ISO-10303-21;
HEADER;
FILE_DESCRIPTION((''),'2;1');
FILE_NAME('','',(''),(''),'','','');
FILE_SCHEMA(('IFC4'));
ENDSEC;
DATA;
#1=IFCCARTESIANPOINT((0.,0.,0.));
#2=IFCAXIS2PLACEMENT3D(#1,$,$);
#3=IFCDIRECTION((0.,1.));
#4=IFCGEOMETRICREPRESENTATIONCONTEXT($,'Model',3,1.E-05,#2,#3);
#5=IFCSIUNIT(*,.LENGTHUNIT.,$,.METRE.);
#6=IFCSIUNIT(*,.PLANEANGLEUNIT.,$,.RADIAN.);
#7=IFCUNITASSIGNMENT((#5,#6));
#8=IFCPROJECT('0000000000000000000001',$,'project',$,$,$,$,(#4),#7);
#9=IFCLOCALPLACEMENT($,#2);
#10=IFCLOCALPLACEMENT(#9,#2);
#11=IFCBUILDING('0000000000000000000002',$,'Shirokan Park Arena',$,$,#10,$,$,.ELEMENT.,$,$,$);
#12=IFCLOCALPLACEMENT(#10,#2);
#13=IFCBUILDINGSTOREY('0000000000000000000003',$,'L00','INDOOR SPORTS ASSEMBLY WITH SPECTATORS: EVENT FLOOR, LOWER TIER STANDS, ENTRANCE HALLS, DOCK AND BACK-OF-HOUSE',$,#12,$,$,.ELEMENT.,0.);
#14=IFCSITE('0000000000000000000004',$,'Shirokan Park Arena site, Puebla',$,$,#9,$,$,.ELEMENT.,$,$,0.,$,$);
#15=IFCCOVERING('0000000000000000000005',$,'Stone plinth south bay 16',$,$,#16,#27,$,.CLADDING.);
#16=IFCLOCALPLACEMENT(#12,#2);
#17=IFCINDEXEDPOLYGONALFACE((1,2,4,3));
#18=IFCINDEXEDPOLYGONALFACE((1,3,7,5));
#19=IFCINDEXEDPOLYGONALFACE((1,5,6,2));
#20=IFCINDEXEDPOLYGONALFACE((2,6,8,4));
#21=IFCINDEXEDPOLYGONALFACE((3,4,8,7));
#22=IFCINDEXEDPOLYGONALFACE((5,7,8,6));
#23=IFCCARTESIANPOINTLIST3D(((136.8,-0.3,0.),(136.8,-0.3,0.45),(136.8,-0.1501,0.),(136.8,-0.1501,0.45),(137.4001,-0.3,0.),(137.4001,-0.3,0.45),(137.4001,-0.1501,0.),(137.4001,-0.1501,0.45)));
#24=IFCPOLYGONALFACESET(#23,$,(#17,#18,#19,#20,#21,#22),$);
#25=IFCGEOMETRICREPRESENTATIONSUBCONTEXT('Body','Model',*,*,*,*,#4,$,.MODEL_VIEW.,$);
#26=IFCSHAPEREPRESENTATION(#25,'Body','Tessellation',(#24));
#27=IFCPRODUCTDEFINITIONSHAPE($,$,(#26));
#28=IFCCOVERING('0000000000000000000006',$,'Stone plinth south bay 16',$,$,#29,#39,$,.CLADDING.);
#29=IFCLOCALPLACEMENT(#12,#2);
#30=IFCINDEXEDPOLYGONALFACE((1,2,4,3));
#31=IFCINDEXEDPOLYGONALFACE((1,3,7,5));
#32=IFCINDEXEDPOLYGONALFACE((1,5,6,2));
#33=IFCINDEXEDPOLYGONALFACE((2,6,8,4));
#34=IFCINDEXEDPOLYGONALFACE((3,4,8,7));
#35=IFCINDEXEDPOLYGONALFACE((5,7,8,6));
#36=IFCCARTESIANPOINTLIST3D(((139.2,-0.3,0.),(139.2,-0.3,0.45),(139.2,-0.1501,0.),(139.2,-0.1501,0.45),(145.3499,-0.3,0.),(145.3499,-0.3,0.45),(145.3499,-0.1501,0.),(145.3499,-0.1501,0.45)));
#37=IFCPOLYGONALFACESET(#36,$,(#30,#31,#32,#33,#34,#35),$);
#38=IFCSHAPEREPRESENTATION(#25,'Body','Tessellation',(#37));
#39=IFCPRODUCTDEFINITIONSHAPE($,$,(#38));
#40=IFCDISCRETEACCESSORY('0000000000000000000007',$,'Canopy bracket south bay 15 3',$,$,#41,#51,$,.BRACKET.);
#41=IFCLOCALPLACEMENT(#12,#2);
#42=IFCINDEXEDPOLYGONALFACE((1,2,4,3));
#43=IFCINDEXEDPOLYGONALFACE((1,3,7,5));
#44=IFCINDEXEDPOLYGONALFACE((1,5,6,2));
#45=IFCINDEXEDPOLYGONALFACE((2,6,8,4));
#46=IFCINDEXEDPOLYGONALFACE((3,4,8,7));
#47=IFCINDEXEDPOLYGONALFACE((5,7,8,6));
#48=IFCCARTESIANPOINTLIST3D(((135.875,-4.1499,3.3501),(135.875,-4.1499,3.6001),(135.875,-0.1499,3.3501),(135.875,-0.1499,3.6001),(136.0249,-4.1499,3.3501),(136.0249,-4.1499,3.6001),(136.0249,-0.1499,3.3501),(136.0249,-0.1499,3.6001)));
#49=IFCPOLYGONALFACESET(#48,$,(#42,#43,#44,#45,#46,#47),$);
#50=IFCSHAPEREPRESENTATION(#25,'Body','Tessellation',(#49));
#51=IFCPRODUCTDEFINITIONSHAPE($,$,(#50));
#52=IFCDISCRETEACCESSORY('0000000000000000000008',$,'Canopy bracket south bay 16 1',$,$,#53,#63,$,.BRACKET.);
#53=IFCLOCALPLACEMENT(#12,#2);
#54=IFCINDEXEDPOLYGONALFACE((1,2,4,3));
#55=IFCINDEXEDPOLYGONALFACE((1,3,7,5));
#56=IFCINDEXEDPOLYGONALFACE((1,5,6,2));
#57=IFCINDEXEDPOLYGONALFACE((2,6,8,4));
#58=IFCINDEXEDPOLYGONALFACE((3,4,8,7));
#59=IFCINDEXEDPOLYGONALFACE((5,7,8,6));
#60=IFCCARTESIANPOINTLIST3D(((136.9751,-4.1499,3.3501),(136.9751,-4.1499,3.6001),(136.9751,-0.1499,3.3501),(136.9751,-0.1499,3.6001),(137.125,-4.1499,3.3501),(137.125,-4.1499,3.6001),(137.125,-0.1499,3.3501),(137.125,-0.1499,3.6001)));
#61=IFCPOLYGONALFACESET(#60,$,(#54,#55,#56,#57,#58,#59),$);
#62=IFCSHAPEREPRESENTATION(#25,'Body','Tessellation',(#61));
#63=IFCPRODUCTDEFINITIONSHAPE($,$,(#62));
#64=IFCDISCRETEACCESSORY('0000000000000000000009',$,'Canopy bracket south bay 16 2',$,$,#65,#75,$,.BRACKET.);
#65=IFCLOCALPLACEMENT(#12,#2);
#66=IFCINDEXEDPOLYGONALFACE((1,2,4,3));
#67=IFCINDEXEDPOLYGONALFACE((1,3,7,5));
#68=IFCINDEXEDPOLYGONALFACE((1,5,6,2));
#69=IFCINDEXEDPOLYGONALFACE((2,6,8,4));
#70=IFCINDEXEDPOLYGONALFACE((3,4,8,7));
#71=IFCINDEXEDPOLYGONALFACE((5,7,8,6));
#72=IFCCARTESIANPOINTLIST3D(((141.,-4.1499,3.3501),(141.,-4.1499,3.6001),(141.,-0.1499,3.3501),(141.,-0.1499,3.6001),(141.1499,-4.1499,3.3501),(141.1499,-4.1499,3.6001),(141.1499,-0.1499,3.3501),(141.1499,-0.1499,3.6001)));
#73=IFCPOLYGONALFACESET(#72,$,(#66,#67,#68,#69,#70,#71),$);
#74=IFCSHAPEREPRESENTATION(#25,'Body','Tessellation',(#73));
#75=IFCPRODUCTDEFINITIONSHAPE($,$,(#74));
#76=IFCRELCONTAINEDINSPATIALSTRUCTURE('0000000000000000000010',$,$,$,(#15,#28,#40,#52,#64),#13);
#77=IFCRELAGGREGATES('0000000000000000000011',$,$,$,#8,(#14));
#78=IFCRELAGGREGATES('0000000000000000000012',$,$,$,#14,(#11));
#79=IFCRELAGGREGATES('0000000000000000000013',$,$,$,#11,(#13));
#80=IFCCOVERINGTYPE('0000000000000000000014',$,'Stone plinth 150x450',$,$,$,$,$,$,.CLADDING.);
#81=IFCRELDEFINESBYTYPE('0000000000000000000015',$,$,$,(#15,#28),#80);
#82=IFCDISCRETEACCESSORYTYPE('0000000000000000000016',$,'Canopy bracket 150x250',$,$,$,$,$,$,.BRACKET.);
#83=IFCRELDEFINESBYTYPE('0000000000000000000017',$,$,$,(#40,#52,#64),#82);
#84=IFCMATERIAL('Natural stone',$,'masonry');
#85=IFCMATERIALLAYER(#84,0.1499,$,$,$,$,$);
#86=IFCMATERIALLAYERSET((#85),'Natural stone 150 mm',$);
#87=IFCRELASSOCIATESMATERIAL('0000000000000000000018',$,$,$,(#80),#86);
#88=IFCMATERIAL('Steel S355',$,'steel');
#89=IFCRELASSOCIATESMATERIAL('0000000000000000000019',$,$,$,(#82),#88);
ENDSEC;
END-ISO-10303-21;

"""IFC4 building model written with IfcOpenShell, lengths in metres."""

from ifc_helpers import new_model, si_unit, direction, frame, origin, origin_2d, place, context, subcontext, project, spatial, rectangle, extrude, material, layer, layer_set, type_object, element, save


model = new_model("IFC4")

# Units and contexts
model_context = context("Model", 3, precision=1e-05, world=origin(), true_north=direction((0.0, 1.0)))
body_context = subcontext(model_context, "Body", "Model", "MODEL_VIEW")
ifc_project = project(units=[si_unit("LENGTHUNIT", "METRE"), si_unit("PLANEANGLEUNIT", "RADIAN")], contexts=[model_context])

# Site, building, storey
site_placement = place(None, origin())
site = spatial("IfcSite", under=ifc_project, at=site_placement, Name="Shirokan Park Arena site, Puebla", CompositionType="ELEMENT", RefElevation=0.0)
building_placement = place(site_placement, origin())
building = spatial("IfcBuilding", under=site, at=building_placement, Name="Shirokan Park Arena", CompositionType="ELEMENT")
storey_placement = place(building_placement, origin())
storey = spatial("IfcBuildingStorey", under=building, at=storey_placement, Name="L00", Description="INDOOR SPORTS ASSEMBLY WITH SPECTATORS: EVENT FLOOR, LOWER TIER STANDS, ENTRANCE HALLS, DOCK AND BACK-OF-HOUSE", CompositionType="ELEMENT", Elevation=0.0)

# Shared definitions
ifc_material_1 = material(Name="Steel S355", Category="steel")

# Coverings
ifc_material_2 = material(Name="Natural stone", Category="masonry")
ifc_layer_1 = layer(ifc_material_2, 0.1499)
ifc_layer_set_1 = layer_set([ifc_layer_1], Name="Natural stone 150 mm")
covering_type_1 = type_object("IfcCoveringType", Name="Stone plinth 150x450", PredefinedType="CLADDING", material=ifc_layer_set_1)
covering_1_placement = place(storey_placement, frame((137.1001, -0.2251, 0.0), z_axis=(0.0, 0.0, 1.0), x_axis=(1.0, 0.0, 0.0)))
element("IfcCovering", 1, at=covering_1_placement, inside=storey, type_object=covering_type_1, Name="Stone plinth south bay 16", PredefinedType="CLADDING", context=body_context, shape_type="SweptSolid", body=[
    extrude(rectangle(XDim=0.6001, YDim=0.1499, at=origin_2d()), origin(), (0.0, 0.0, 1.0), 0.45),
])
covering_2_placement = place(storey_placement, frame((142.2749, -0.2251, 0.0), z_axis=(0.0, 0.0, 1.0), x_axis=(1.0, 0.0, 0.0)))
element("IfcCovering", 2, at=covering_2_placement, inside=storey, type_object=covering_type_1, Name="Stone plinth south bay 16", PredefinedType="CLADDING", context=body_context, shape_type="SweptSolid", body=[
    extrude(rectangle(XDim=6.1499, YDim=0.1499, at=origin_2d()), origin(), (0.0, 0.0, 1.0), 0.45),
])

# Discrete accessories
discrete_accessory_type = type_object("IfcDiscreteAccessoryType", Name="Canopy bracket 150x250", PredefinedType="BRACKET", material=ifc_material_1)
for number, where, z_axis, x_axis, name in (
    (3, (135.95, -2.1499, 3.3501), (0.0, 0.0, 1.0), (1.0, 0.0, 0.0), "Canopy bracket south bay 15 3"),
    (4, (137.05, -2.1499, 3.3501), (0.0, 0.0, 1.0), (1.0, 0.0, 0.0), "Canopy bracket south bay 16 1"),
    (5, (141.075, -2.1499, 3.3501), (0.0, 0.0, 1.0), (1.0, 0.0, 0.0), "Canopy bracket south bay 16 2"),
):
    element("IfcDiscreteAccessory", number, at=place(storey_placement, frame(where, z_axis=z_axis, x_axis=x_axis)), inside=storey, type_object=discrete_accessory_type, Name=name, PredefinedType="BRACKET", context=body_context, shape_type="SweptSolid", body=[
        extrude(rectangle(XDim=0.1499, YDim=4.0, at=origin_2d()), origin(), (0.0, 0.0, 1.0), 0.25),
    ])

save(model, "model.ifc")
